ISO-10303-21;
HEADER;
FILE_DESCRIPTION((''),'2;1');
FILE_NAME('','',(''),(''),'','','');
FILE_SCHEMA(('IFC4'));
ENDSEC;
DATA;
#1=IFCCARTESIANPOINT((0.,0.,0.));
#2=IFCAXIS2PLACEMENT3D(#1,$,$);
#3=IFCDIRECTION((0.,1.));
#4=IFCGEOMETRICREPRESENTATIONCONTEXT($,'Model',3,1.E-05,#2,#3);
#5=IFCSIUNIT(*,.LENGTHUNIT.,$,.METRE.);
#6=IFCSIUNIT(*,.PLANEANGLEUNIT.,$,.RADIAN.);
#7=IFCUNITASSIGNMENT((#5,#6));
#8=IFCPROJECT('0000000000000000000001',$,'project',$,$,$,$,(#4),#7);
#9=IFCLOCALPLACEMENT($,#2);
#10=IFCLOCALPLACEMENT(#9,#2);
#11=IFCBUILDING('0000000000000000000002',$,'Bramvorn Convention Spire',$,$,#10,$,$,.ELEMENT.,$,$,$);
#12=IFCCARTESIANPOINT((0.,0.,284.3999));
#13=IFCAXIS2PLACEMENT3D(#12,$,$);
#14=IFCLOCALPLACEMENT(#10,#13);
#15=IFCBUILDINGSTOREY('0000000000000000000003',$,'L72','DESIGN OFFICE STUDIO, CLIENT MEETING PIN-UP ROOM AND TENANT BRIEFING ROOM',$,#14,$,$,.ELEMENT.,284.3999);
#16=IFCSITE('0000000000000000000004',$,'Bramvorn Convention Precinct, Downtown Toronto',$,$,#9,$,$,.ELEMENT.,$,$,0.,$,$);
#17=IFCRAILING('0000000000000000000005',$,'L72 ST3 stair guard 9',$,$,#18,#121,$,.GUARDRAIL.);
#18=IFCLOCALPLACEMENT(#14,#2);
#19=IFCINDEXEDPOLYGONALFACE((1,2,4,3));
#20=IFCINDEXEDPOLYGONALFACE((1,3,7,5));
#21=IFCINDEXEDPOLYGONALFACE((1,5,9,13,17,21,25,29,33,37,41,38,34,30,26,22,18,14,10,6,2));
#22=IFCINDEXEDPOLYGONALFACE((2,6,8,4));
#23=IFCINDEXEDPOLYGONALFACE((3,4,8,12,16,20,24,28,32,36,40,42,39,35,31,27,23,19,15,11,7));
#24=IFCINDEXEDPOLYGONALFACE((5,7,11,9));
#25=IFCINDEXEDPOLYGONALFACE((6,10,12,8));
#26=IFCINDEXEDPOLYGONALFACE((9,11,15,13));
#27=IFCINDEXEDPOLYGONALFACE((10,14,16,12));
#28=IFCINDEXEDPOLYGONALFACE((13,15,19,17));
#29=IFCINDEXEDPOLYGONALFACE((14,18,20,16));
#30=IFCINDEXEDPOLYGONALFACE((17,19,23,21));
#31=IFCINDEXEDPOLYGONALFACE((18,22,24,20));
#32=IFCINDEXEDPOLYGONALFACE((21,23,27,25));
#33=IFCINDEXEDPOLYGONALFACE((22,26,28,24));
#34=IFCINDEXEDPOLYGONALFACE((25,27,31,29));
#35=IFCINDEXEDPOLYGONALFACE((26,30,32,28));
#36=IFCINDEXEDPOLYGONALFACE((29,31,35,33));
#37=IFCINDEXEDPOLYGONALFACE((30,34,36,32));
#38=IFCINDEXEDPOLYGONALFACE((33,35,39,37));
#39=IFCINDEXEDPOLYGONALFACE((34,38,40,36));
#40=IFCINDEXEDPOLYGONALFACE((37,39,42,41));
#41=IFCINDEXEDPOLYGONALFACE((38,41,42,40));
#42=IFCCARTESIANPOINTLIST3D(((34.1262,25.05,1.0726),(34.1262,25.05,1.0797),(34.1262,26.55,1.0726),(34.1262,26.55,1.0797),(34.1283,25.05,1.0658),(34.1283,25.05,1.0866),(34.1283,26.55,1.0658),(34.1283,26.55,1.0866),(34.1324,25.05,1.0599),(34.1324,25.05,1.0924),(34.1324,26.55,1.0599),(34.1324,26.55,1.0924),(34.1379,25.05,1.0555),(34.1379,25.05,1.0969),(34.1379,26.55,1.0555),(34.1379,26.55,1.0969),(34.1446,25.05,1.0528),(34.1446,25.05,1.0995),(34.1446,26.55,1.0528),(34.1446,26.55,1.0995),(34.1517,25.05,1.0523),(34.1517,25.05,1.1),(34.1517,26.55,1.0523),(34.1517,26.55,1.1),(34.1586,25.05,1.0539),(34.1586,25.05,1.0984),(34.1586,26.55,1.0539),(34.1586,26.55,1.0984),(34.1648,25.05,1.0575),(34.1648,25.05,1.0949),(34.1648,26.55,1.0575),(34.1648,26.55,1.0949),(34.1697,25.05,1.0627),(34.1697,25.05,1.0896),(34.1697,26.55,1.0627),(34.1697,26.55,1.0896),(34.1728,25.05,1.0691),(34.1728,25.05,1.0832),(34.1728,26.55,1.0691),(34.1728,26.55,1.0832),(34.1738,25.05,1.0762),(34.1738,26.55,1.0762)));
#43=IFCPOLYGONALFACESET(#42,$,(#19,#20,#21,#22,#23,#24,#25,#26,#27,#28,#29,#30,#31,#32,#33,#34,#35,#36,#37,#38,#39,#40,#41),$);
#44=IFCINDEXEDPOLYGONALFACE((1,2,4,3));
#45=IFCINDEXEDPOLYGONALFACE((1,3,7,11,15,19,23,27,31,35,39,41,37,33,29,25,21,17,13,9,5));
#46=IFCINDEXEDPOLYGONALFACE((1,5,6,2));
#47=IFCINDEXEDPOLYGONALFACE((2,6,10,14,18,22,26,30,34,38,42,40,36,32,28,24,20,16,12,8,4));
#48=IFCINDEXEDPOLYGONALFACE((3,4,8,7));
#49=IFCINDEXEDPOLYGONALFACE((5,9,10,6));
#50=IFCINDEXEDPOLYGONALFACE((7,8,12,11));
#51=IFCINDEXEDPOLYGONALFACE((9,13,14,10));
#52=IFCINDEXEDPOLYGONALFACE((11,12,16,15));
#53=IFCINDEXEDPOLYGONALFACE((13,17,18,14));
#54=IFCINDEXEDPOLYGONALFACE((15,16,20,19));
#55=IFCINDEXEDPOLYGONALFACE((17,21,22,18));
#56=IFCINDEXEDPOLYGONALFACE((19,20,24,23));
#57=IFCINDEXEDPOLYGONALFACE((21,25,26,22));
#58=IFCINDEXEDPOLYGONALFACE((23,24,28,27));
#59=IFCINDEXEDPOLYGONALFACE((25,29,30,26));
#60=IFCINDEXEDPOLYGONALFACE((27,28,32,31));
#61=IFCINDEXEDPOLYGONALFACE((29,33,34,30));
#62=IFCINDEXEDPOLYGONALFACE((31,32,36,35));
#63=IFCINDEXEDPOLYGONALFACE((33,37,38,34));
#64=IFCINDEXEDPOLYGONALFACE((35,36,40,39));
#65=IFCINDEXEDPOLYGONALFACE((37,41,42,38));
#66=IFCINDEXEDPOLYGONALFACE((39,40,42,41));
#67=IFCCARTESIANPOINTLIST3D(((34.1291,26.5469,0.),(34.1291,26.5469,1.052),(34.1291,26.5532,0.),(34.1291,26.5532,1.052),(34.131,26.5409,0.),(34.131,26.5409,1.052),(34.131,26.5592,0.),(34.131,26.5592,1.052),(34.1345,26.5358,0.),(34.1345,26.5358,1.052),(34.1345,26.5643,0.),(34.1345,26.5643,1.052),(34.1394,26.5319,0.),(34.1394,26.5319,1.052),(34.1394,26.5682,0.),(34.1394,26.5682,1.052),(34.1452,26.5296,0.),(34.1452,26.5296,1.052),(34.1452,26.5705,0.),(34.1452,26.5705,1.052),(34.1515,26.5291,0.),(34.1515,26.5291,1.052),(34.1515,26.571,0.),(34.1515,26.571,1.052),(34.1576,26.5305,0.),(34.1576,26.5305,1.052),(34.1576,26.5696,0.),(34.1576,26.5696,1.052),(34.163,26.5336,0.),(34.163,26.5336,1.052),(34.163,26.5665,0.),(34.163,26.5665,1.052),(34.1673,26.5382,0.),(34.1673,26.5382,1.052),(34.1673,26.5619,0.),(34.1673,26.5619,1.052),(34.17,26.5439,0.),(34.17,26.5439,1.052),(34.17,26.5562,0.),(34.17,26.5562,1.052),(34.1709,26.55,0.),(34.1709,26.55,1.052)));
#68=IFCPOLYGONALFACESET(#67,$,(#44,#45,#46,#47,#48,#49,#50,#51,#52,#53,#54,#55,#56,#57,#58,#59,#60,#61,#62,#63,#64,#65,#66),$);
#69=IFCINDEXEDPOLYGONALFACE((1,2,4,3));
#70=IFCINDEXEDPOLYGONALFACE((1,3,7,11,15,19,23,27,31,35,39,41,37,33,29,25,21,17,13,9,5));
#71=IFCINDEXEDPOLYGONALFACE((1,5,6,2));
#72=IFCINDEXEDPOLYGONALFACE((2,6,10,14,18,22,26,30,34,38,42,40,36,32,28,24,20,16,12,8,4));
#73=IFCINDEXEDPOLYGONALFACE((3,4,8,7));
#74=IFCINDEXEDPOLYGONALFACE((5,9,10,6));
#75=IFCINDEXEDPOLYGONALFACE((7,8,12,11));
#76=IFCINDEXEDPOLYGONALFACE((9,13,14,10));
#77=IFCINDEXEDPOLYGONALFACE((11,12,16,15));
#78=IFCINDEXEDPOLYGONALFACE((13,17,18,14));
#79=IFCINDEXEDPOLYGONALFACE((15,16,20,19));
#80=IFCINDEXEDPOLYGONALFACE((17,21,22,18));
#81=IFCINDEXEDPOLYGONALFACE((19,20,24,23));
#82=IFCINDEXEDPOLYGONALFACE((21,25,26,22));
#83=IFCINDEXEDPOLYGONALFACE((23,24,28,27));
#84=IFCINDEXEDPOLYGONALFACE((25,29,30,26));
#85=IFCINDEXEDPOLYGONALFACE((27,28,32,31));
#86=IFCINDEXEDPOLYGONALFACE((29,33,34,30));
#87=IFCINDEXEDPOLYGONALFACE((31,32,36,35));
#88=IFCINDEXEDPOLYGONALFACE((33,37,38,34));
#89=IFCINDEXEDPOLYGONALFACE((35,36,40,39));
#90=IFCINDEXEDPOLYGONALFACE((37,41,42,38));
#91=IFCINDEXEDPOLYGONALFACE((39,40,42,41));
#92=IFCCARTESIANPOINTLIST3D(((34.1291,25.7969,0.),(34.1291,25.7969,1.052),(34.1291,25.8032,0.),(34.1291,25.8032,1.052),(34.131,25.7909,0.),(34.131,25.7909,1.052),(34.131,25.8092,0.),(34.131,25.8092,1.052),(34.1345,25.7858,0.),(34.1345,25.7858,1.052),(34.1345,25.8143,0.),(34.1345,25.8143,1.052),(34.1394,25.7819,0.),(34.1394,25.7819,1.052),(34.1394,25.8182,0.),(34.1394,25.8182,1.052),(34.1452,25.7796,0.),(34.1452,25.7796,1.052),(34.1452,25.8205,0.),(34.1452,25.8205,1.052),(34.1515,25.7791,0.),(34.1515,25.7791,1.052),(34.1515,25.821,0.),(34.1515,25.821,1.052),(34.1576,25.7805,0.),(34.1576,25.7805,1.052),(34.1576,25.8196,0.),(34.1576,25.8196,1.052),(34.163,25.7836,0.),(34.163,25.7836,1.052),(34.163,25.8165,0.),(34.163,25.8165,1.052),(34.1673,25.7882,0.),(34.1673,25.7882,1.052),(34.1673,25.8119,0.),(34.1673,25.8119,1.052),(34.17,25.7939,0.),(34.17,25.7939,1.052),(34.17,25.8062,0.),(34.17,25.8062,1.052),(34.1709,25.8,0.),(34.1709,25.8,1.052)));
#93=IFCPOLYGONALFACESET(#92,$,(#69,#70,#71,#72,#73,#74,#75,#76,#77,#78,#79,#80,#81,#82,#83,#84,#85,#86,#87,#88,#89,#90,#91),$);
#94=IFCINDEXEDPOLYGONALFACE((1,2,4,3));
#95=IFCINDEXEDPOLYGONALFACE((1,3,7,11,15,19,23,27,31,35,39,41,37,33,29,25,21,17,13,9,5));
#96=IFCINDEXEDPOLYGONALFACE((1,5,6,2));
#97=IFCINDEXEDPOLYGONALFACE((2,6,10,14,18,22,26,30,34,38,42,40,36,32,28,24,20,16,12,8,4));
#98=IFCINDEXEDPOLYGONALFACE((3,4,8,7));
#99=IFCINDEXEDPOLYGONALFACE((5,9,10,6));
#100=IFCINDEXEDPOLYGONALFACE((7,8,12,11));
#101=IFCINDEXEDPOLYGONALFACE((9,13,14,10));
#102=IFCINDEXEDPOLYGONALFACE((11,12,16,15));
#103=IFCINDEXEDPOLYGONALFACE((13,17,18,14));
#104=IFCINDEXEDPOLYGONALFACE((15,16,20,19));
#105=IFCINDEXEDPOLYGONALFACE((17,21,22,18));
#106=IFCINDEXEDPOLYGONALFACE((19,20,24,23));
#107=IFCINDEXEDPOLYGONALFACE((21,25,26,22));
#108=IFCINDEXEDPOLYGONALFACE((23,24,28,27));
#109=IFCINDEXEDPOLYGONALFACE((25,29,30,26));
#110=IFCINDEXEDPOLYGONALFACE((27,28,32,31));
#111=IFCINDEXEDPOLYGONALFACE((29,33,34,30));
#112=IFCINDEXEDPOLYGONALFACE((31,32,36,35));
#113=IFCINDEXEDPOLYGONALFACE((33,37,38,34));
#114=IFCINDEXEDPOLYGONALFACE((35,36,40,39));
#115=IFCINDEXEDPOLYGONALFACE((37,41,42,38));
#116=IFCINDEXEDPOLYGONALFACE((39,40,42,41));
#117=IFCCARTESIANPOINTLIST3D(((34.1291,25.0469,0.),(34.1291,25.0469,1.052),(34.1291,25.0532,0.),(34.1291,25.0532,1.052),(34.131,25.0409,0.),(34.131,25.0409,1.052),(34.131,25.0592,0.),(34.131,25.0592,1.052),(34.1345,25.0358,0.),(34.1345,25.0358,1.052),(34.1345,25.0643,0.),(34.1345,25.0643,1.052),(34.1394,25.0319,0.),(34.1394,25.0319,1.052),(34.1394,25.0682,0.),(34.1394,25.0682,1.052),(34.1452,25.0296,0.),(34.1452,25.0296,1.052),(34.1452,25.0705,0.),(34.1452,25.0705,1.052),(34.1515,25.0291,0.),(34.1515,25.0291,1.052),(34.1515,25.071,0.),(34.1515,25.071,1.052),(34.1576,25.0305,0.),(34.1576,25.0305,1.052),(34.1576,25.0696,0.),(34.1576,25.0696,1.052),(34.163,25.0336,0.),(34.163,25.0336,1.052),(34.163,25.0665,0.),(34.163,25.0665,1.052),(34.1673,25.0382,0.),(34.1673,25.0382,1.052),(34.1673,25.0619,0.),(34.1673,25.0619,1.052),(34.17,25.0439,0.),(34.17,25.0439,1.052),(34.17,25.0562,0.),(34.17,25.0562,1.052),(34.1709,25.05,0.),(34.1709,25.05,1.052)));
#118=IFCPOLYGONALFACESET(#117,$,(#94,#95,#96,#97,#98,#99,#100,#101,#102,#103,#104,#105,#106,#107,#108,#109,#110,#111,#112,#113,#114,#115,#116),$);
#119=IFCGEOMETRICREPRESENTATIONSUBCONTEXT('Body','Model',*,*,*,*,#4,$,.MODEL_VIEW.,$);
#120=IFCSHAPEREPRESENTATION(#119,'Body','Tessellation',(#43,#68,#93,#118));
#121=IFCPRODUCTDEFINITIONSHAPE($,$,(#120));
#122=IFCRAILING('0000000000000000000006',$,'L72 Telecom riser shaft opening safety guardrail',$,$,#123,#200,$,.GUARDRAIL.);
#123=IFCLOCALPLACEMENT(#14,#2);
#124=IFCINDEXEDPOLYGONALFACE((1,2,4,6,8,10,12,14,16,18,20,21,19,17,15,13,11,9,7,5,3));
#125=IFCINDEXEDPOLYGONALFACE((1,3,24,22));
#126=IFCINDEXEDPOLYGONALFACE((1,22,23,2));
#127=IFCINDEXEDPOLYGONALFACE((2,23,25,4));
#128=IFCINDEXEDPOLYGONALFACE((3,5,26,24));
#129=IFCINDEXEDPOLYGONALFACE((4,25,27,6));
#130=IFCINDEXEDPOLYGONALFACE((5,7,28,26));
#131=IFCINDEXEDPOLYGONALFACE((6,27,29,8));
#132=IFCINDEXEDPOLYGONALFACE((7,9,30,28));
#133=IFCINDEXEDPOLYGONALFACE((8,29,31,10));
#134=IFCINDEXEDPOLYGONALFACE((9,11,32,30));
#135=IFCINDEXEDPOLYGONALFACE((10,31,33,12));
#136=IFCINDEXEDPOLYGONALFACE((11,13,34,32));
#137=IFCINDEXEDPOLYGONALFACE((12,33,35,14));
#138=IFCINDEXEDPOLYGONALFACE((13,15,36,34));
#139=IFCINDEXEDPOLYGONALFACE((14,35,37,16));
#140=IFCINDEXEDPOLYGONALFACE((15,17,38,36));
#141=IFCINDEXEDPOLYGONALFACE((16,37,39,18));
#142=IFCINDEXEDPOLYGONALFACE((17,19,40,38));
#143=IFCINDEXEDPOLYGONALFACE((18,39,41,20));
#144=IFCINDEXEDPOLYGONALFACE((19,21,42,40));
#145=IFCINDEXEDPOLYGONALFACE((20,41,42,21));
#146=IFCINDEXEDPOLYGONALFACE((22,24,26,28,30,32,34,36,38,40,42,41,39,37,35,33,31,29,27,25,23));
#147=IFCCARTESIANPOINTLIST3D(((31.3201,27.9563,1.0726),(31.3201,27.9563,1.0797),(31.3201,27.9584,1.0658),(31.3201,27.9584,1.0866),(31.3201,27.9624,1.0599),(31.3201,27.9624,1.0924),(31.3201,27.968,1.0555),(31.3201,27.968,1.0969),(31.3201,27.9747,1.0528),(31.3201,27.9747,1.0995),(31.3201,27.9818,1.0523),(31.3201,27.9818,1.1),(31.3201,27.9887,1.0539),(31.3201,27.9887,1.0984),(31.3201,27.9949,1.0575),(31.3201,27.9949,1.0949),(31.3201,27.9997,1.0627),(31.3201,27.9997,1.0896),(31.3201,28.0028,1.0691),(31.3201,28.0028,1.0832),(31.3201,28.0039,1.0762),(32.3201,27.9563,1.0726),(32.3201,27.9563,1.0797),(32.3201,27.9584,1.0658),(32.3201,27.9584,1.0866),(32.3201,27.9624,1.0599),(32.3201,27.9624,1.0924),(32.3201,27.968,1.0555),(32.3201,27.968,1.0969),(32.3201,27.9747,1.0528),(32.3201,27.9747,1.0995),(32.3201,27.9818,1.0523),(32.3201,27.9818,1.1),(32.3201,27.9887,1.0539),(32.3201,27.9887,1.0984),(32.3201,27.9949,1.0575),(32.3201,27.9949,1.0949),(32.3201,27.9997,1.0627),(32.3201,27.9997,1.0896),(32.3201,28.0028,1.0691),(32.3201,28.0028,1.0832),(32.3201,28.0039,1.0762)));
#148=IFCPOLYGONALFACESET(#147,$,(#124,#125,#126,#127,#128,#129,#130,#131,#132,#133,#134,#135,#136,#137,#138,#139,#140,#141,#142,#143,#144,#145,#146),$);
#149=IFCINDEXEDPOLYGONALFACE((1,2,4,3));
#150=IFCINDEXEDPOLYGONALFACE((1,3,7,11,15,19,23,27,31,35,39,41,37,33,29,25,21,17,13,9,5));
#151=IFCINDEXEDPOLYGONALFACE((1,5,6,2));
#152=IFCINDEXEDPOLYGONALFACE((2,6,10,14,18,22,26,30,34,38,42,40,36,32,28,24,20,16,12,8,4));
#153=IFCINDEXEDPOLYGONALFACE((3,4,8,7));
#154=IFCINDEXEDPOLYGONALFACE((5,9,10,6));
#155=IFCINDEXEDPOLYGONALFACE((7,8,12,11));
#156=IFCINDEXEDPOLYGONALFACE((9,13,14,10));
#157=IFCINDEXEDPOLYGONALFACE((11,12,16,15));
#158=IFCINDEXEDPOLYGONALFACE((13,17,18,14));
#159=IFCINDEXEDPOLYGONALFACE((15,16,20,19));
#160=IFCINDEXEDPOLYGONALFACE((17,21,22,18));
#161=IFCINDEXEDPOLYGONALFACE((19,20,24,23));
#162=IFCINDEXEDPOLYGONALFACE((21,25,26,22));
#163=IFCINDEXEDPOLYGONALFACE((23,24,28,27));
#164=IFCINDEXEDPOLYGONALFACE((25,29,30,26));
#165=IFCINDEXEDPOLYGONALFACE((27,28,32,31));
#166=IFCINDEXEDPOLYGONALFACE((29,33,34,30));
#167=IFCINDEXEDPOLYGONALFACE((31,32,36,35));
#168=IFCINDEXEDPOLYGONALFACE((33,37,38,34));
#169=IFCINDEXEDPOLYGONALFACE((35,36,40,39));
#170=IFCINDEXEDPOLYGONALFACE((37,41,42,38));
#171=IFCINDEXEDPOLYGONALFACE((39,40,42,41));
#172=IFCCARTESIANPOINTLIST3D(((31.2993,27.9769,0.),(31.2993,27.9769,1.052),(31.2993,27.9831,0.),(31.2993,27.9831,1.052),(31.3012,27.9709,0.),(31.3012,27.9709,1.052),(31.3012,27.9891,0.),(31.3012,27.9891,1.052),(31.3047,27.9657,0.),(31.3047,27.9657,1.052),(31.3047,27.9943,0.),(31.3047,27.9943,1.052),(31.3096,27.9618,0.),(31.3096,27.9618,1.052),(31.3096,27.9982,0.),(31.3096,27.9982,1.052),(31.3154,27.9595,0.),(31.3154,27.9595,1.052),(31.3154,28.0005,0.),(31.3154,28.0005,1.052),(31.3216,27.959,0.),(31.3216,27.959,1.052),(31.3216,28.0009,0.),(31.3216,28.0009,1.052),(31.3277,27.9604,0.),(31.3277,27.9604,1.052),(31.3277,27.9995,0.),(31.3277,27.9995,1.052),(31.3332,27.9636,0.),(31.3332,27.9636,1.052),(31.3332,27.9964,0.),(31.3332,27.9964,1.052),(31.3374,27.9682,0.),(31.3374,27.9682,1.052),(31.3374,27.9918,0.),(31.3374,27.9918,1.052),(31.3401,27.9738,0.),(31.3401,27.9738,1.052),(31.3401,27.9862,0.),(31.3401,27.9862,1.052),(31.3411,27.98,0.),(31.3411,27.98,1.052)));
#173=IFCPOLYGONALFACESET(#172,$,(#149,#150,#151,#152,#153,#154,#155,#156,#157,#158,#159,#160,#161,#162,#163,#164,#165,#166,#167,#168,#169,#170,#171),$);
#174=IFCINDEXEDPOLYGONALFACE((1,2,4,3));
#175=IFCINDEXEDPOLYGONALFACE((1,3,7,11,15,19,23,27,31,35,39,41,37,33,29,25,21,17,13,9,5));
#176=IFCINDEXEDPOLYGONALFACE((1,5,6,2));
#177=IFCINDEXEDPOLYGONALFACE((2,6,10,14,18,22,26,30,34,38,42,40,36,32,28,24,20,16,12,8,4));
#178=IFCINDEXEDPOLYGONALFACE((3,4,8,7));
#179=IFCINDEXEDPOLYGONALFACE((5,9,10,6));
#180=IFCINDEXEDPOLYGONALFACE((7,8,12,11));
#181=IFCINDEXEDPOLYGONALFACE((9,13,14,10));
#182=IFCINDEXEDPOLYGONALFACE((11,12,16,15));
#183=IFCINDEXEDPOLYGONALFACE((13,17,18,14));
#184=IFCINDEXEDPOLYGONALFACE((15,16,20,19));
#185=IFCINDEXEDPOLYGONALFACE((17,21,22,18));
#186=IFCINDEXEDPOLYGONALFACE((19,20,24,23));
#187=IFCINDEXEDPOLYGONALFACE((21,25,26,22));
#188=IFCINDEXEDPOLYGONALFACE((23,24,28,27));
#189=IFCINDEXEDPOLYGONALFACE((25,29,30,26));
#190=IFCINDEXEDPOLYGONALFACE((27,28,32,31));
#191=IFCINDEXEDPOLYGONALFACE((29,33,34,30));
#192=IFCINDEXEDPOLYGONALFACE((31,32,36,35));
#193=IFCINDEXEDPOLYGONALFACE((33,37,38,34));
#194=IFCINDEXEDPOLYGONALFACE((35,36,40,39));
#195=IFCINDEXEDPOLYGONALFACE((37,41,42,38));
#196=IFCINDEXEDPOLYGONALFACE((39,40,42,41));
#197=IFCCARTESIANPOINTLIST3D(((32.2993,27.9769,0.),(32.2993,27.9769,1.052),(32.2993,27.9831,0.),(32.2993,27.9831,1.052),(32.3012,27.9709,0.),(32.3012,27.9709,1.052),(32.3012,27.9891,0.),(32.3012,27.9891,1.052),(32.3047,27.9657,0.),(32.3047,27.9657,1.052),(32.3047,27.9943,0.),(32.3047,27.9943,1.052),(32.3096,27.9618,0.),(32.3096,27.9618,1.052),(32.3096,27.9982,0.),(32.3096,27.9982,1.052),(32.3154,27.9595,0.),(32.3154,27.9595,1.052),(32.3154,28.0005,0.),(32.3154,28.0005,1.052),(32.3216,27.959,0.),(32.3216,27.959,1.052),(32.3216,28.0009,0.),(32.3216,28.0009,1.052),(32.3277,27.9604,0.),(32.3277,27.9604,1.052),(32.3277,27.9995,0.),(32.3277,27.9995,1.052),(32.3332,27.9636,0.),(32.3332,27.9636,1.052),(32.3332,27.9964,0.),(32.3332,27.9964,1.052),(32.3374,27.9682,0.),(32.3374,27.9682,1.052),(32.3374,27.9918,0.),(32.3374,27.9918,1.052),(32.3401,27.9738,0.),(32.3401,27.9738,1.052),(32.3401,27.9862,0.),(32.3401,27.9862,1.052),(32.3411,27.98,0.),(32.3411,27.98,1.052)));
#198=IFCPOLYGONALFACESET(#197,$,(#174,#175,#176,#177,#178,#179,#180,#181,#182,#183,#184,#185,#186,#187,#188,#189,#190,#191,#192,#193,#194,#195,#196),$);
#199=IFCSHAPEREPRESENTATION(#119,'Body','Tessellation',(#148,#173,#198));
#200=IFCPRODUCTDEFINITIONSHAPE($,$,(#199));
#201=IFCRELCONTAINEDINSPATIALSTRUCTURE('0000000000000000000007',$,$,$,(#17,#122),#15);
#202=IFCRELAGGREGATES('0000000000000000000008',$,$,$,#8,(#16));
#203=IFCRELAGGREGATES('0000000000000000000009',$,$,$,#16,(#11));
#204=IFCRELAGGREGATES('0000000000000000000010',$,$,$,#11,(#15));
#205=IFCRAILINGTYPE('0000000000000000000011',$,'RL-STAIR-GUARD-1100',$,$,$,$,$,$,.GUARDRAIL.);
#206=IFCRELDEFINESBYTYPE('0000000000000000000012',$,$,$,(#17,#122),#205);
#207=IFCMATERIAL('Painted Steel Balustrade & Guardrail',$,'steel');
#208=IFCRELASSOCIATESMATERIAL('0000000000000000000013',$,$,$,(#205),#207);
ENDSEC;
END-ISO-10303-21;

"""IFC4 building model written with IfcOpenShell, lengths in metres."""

from ifc_helpers import new_model, si_unit, direction, frame, origin, origin_2d, place, context, subcontext, project, spatial, circle, extrude, material, type_object, element, save


model = new_model("IFC4")

# Units and contexts
model_context = context("Model", 3, precision=1e-05, world=origin(), true_north=direction((0.0, 1.0)))
body_context = subcontext(model_context, "Body", "Model", "MODEL_VIEW")
ifc_project = project(units=[si_unit("LENGTHUNIT", "METRE"), si_unit("PLANEANGLEUNIT", "RADIAN")], contexts=[model_context])

# Site, building, storey
site_placement = place(None, origin())
site = spatial("IfcSite", under=ifc_project, at=site_placement, Name="Bramvorn Convention Precinct, Downtown Toronto", CompositionType="ELEMENT", RefElevation=0.0)
building_placement = place(site_placement, origin())
building = spatial("IfcBuilding", under=site, at=building_placement, Name="Bramvorn Convention Spire", CompositionType="ELEMENT")
storey_placement = place(building_placement, frame((0.0, 0.0, 284.3999)))
storey = spatial("IfcBuildingStorey", under=building, at=storey_placement, Name="L72", Description="DESIGN OFFICE STUDIO, CLIENT MEETING PIN-UP ROOM AND TENANT BRIEFING ROOM", CompositionType="ELEMENT", Elevation=284.3999)

# Railings
ifc_material_1 = material(Name="Painted Steel Balustrade & Guardrail", Category="steel")
railing_type_1 = type_object("IfcRailingType", Name="RL-STAIR-GUARD-1100", PredefinedType="GUARDRAIL", material=ifc_material_1)
for number, where, name in (
    (1, (34.1499, 26.55, 0.0), "L72 ST3 stair guard 9"),
):
    element("IfcRailing", number, at=place(storey_placement, frame(where)), inside=storey, type_object=railing_type_1, Name=name, PredefinedType="GUARDRAIL", context=body_context, shape_type="SweptSolid", body=[
        extrude(circle(Radius=0.0239, at=origin_2d()), frame((0.0, 0.0, 1.0762), z_axis=(0.0, -1.0, 0.0), x_axis=(1.0, 0.0, 0.0)), (0.0, 0.0, 1.0), 1.5),
        extrude(circle(Radius=0.021, at=origin_2d()), origin(), (0.0, 0.0, 1.0), 1.052),
        extrude(circle(Radius=0.021, at=origin_2d()), frame((0.0, -0.75, 0.0)), (0.0, 0.0, 1.0), 1.052),
        extrude(circle(Radius=0.021, at=origin_2d()), frame((0.0, -1.5, 0.0)), (0.0, 0.0, 1.0), 1.052),
    ])
railing_1_placement = place(storey_placement, frame((31.3201, 27.98, 0.0)))
element("IfcRailing", 2, at=railing_1_placement, inside=storey, type_object=railing_type_1, Name="L72 Telecom riser shaft opening safety guardrail", PredefinedType="GUARDRAIL", context=body_context, shape_type="SweptSolid", body=[
    extrude(circle(Radius=0.0239, at=origin_2d()), frame((0.0, 0.0, 1.0762), z_axis=(1.0, 0.0, 0.0), x_axis=(0.0, 1.0, 0.0)), (0.0, 0.0, 1.0), 1.0),
    extrude(circle(Radius=0.021, at=origin_2d()), origin(), (0.0, 0.0, 1.0), 1.052),
    extrude(circle(Radius=0.021, at=origin_2d()), frame((1.0, 0.0, 0.0)), (0.0, 0.0, 1.0), 1.052),
])

save(model, "model.ifc")
